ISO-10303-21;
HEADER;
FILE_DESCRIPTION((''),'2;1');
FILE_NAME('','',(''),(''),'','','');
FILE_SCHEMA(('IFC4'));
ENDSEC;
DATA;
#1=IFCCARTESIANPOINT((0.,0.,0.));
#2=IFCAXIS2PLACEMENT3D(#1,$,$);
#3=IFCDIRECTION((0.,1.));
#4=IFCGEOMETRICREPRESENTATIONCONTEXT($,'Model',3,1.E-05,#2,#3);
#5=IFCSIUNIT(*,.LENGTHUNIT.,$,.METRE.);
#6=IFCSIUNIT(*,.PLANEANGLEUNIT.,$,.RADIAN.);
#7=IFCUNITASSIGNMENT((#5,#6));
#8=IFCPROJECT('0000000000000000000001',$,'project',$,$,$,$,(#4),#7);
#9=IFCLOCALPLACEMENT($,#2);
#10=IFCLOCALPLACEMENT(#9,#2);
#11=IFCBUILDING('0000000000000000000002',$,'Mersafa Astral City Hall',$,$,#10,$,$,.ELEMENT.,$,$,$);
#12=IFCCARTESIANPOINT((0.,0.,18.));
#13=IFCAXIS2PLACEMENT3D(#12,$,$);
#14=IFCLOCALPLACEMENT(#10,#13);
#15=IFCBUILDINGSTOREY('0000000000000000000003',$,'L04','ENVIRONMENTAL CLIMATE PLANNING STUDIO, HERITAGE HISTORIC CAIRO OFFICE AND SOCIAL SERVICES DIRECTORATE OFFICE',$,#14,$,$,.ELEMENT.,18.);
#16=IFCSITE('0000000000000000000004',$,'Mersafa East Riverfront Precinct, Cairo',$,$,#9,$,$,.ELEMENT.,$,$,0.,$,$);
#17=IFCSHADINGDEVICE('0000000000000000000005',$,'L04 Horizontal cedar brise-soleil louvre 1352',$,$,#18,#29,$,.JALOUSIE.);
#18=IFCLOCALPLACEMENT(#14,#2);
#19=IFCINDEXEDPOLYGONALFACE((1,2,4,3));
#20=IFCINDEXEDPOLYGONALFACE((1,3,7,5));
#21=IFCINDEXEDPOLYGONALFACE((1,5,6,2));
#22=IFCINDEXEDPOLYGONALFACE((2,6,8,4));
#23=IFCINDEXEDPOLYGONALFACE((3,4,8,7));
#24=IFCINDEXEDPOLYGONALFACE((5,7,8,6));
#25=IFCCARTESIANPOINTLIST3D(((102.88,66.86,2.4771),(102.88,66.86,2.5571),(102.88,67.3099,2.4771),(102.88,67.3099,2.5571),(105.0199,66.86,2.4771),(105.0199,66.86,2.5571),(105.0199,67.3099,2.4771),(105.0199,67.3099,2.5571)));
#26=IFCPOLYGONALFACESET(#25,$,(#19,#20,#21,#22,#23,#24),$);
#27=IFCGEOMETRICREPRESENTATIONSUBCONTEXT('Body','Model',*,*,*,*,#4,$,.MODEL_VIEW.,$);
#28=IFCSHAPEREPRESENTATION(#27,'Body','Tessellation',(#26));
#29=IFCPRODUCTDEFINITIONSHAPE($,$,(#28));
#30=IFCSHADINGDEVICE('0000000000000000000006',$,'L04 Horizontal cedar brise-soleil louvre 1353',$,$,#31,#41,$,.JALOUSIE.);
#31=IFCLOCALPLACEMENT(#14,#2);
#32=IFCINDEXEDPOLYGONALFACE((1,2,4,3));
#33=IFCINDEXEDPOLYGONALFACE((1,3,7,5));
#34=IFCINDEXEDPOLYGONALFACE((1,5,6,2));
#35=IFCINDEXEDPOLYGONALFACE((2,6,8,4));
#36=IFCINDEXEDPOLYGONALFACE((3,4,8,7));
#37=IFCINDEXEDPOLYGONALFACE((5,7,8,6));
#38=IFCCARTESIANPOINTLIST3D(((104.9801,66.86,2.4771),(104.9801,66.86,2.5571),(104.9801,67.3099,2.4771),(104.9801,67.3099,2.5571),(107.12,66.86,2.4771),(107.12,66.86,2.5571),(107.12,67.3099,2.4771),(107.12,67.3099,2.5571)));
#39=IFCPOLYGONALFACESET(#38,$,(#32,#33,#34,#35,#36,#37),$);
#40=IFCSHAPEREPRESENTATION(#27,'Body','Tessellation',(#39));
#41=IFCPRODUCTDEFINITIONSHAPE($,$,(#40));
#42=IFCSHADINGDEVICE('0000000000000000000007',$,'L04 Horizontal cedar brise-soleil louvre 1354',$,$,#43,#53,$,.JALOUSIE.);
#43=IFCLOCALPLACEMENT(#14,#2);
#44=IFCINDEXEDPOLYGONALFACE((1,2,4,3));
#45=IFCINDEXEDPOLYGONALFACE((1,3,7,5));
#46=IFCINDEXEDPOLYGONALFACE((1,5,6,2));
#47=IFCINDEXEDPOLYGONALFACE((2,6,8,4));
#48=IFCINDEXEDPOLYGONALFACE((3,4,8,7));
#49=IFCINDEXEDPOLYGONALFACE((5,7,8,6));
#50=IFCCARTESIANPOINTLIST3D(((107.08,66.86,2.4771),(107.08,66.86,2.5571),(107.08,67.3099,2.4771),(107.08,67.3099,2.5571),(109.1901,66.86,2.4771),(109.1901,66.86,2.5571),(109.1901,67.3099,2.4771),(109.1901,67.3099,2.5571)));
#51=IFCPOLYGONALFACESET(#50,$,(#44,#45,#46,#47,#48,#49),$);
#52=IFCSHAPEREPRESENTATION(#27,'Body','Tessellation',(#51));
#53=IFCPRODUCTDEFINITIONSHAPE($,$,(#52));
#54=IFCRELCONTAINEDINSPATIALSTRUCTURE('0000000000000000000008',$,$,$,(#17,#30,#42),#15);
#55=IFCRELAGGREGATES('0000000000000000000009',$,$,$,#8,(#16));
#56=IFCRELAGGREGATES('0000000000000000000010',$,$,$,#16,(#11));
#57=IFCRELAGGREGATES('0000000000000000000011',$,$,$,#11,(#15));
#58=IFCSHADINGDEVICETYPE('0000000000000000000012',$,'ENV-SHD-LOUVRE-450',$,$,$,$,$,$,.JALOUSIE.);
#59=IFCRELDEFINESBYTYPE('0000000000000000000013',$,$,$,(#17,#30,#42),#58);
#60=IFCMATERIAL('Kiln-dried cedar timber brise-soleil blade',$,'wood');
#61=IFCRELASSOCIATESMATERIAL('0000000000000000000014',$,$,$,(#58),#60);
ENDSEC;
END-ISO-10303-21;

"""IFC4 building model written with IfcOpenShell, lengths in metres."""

from ifc_helpers import new_model, si_unit, direction, frame, origin, origin_2d, place, context, subcontext, project, spatial, rectangle, extrude, material, type_object, element, save


model = new_model("IFC4")

# Units and contexts
model_context = context("Model", 3, precision=1e-05, world=origin(), true_north=direction((0.0, 1.0)))
body_context = subcontext(model_context, "Body", "Model", "MODEL_VIEW")
ifc_project = project(units=[si_unit("LENGTHUNIT", "METRE"), si_unit("PLANEANGLEUNIT", "RADIAN")], contexts=[model_context])

# Site, building, storey
site_placement = place(None, origin())
site = spatial("IfcSite", under=ifc_project, at=site_placement, Name="Mersafa East Riverfront Precinct, Cairo", CompositionType="ELEMENT", RefElevation=0.0)
building_placement = place(site_placement, origin())
building = spatial("IfcBuilding", under=site, at=building_placement, Name="Mersafa Astral City Hall", CompositionType="ELEMENT")
storey_placement = place(building_placement, frame((0.0, 0.0, 18.0)))
storey = spatial("IfcBuildingStorey", under=building, at=storey_placement, Name="L04", Description="ENVIRONMENTAL CLIMATE PLANNING STUDIO, HERITAGE HISTORIC CAIRO OFFICE AND SOCIAL SERVICES DIRECTORATE OFFICE", CompositionType="ELEMENT", Elevation=18.0)

# Shading devices
ifc_material_1 = material(Name="Kiln-dried cedar timber brise-soleil blade", Category="wood")
shading_device_type = type_object("IfcShadingDeviceType", Name="ENV-SHD-LOUVRE-450", PredefinedType="JALOUSIE", material=ifc_material_1)
for number, where, z_axis, x_axis, name in (
    (1, (103.95, 67.085, 2.4771), (0.0, 0.0, 1.0), (1.0, 0.0, 0.0), "L04 Horizontal cedar brise-soleil louvre 1352"),
    (2, (106.05, 67.085, 2.4771), (0.0, 0.0, 1.0), (1.0, 0.0, 0.0), "L04 Horizontal cedar brise-soleil louvre 1353"),
):
    element("IfcShadingDevice", number, at=place(storey_placement, frame(where, z_axis=z_axis, x_axis=x_axis)), inside=storey, type_object=shading_device_type, Name=name, PredefinedType="JALOUSIE", context=body_context, shape_type="SweptSolid", body=[
        extrude(rectangle(XDim=2.1399, YDim=0.45, at=origin_2d()), origin(), (0.0, 0.0, 1.0), 0.0801),
    ])
shading_device_1_placement = place(storey_placement, frame((108.135, 67.085, 2.4771), z_axis=(0.0, 0.0, 1.0), x_axis=(1.0, 0.0, 0.0)))
element("IfcShadingDevice", 3, at=shading_device_1_placement, inside=storey, type_object=shading_device_type, Name="L04 Horizontal cedar brise-soleil louvre 1354", PredefinedType="JALOUSIE", context=body_context, shape_type="SweptSolid", body=[
    extrude(rectangle(XDim=2.1101, YDim=0.45, at=origin_2d()), origin(), (0.0, 0.0, 1.0), 0.0801),
])

save(model, "model.ifc")
